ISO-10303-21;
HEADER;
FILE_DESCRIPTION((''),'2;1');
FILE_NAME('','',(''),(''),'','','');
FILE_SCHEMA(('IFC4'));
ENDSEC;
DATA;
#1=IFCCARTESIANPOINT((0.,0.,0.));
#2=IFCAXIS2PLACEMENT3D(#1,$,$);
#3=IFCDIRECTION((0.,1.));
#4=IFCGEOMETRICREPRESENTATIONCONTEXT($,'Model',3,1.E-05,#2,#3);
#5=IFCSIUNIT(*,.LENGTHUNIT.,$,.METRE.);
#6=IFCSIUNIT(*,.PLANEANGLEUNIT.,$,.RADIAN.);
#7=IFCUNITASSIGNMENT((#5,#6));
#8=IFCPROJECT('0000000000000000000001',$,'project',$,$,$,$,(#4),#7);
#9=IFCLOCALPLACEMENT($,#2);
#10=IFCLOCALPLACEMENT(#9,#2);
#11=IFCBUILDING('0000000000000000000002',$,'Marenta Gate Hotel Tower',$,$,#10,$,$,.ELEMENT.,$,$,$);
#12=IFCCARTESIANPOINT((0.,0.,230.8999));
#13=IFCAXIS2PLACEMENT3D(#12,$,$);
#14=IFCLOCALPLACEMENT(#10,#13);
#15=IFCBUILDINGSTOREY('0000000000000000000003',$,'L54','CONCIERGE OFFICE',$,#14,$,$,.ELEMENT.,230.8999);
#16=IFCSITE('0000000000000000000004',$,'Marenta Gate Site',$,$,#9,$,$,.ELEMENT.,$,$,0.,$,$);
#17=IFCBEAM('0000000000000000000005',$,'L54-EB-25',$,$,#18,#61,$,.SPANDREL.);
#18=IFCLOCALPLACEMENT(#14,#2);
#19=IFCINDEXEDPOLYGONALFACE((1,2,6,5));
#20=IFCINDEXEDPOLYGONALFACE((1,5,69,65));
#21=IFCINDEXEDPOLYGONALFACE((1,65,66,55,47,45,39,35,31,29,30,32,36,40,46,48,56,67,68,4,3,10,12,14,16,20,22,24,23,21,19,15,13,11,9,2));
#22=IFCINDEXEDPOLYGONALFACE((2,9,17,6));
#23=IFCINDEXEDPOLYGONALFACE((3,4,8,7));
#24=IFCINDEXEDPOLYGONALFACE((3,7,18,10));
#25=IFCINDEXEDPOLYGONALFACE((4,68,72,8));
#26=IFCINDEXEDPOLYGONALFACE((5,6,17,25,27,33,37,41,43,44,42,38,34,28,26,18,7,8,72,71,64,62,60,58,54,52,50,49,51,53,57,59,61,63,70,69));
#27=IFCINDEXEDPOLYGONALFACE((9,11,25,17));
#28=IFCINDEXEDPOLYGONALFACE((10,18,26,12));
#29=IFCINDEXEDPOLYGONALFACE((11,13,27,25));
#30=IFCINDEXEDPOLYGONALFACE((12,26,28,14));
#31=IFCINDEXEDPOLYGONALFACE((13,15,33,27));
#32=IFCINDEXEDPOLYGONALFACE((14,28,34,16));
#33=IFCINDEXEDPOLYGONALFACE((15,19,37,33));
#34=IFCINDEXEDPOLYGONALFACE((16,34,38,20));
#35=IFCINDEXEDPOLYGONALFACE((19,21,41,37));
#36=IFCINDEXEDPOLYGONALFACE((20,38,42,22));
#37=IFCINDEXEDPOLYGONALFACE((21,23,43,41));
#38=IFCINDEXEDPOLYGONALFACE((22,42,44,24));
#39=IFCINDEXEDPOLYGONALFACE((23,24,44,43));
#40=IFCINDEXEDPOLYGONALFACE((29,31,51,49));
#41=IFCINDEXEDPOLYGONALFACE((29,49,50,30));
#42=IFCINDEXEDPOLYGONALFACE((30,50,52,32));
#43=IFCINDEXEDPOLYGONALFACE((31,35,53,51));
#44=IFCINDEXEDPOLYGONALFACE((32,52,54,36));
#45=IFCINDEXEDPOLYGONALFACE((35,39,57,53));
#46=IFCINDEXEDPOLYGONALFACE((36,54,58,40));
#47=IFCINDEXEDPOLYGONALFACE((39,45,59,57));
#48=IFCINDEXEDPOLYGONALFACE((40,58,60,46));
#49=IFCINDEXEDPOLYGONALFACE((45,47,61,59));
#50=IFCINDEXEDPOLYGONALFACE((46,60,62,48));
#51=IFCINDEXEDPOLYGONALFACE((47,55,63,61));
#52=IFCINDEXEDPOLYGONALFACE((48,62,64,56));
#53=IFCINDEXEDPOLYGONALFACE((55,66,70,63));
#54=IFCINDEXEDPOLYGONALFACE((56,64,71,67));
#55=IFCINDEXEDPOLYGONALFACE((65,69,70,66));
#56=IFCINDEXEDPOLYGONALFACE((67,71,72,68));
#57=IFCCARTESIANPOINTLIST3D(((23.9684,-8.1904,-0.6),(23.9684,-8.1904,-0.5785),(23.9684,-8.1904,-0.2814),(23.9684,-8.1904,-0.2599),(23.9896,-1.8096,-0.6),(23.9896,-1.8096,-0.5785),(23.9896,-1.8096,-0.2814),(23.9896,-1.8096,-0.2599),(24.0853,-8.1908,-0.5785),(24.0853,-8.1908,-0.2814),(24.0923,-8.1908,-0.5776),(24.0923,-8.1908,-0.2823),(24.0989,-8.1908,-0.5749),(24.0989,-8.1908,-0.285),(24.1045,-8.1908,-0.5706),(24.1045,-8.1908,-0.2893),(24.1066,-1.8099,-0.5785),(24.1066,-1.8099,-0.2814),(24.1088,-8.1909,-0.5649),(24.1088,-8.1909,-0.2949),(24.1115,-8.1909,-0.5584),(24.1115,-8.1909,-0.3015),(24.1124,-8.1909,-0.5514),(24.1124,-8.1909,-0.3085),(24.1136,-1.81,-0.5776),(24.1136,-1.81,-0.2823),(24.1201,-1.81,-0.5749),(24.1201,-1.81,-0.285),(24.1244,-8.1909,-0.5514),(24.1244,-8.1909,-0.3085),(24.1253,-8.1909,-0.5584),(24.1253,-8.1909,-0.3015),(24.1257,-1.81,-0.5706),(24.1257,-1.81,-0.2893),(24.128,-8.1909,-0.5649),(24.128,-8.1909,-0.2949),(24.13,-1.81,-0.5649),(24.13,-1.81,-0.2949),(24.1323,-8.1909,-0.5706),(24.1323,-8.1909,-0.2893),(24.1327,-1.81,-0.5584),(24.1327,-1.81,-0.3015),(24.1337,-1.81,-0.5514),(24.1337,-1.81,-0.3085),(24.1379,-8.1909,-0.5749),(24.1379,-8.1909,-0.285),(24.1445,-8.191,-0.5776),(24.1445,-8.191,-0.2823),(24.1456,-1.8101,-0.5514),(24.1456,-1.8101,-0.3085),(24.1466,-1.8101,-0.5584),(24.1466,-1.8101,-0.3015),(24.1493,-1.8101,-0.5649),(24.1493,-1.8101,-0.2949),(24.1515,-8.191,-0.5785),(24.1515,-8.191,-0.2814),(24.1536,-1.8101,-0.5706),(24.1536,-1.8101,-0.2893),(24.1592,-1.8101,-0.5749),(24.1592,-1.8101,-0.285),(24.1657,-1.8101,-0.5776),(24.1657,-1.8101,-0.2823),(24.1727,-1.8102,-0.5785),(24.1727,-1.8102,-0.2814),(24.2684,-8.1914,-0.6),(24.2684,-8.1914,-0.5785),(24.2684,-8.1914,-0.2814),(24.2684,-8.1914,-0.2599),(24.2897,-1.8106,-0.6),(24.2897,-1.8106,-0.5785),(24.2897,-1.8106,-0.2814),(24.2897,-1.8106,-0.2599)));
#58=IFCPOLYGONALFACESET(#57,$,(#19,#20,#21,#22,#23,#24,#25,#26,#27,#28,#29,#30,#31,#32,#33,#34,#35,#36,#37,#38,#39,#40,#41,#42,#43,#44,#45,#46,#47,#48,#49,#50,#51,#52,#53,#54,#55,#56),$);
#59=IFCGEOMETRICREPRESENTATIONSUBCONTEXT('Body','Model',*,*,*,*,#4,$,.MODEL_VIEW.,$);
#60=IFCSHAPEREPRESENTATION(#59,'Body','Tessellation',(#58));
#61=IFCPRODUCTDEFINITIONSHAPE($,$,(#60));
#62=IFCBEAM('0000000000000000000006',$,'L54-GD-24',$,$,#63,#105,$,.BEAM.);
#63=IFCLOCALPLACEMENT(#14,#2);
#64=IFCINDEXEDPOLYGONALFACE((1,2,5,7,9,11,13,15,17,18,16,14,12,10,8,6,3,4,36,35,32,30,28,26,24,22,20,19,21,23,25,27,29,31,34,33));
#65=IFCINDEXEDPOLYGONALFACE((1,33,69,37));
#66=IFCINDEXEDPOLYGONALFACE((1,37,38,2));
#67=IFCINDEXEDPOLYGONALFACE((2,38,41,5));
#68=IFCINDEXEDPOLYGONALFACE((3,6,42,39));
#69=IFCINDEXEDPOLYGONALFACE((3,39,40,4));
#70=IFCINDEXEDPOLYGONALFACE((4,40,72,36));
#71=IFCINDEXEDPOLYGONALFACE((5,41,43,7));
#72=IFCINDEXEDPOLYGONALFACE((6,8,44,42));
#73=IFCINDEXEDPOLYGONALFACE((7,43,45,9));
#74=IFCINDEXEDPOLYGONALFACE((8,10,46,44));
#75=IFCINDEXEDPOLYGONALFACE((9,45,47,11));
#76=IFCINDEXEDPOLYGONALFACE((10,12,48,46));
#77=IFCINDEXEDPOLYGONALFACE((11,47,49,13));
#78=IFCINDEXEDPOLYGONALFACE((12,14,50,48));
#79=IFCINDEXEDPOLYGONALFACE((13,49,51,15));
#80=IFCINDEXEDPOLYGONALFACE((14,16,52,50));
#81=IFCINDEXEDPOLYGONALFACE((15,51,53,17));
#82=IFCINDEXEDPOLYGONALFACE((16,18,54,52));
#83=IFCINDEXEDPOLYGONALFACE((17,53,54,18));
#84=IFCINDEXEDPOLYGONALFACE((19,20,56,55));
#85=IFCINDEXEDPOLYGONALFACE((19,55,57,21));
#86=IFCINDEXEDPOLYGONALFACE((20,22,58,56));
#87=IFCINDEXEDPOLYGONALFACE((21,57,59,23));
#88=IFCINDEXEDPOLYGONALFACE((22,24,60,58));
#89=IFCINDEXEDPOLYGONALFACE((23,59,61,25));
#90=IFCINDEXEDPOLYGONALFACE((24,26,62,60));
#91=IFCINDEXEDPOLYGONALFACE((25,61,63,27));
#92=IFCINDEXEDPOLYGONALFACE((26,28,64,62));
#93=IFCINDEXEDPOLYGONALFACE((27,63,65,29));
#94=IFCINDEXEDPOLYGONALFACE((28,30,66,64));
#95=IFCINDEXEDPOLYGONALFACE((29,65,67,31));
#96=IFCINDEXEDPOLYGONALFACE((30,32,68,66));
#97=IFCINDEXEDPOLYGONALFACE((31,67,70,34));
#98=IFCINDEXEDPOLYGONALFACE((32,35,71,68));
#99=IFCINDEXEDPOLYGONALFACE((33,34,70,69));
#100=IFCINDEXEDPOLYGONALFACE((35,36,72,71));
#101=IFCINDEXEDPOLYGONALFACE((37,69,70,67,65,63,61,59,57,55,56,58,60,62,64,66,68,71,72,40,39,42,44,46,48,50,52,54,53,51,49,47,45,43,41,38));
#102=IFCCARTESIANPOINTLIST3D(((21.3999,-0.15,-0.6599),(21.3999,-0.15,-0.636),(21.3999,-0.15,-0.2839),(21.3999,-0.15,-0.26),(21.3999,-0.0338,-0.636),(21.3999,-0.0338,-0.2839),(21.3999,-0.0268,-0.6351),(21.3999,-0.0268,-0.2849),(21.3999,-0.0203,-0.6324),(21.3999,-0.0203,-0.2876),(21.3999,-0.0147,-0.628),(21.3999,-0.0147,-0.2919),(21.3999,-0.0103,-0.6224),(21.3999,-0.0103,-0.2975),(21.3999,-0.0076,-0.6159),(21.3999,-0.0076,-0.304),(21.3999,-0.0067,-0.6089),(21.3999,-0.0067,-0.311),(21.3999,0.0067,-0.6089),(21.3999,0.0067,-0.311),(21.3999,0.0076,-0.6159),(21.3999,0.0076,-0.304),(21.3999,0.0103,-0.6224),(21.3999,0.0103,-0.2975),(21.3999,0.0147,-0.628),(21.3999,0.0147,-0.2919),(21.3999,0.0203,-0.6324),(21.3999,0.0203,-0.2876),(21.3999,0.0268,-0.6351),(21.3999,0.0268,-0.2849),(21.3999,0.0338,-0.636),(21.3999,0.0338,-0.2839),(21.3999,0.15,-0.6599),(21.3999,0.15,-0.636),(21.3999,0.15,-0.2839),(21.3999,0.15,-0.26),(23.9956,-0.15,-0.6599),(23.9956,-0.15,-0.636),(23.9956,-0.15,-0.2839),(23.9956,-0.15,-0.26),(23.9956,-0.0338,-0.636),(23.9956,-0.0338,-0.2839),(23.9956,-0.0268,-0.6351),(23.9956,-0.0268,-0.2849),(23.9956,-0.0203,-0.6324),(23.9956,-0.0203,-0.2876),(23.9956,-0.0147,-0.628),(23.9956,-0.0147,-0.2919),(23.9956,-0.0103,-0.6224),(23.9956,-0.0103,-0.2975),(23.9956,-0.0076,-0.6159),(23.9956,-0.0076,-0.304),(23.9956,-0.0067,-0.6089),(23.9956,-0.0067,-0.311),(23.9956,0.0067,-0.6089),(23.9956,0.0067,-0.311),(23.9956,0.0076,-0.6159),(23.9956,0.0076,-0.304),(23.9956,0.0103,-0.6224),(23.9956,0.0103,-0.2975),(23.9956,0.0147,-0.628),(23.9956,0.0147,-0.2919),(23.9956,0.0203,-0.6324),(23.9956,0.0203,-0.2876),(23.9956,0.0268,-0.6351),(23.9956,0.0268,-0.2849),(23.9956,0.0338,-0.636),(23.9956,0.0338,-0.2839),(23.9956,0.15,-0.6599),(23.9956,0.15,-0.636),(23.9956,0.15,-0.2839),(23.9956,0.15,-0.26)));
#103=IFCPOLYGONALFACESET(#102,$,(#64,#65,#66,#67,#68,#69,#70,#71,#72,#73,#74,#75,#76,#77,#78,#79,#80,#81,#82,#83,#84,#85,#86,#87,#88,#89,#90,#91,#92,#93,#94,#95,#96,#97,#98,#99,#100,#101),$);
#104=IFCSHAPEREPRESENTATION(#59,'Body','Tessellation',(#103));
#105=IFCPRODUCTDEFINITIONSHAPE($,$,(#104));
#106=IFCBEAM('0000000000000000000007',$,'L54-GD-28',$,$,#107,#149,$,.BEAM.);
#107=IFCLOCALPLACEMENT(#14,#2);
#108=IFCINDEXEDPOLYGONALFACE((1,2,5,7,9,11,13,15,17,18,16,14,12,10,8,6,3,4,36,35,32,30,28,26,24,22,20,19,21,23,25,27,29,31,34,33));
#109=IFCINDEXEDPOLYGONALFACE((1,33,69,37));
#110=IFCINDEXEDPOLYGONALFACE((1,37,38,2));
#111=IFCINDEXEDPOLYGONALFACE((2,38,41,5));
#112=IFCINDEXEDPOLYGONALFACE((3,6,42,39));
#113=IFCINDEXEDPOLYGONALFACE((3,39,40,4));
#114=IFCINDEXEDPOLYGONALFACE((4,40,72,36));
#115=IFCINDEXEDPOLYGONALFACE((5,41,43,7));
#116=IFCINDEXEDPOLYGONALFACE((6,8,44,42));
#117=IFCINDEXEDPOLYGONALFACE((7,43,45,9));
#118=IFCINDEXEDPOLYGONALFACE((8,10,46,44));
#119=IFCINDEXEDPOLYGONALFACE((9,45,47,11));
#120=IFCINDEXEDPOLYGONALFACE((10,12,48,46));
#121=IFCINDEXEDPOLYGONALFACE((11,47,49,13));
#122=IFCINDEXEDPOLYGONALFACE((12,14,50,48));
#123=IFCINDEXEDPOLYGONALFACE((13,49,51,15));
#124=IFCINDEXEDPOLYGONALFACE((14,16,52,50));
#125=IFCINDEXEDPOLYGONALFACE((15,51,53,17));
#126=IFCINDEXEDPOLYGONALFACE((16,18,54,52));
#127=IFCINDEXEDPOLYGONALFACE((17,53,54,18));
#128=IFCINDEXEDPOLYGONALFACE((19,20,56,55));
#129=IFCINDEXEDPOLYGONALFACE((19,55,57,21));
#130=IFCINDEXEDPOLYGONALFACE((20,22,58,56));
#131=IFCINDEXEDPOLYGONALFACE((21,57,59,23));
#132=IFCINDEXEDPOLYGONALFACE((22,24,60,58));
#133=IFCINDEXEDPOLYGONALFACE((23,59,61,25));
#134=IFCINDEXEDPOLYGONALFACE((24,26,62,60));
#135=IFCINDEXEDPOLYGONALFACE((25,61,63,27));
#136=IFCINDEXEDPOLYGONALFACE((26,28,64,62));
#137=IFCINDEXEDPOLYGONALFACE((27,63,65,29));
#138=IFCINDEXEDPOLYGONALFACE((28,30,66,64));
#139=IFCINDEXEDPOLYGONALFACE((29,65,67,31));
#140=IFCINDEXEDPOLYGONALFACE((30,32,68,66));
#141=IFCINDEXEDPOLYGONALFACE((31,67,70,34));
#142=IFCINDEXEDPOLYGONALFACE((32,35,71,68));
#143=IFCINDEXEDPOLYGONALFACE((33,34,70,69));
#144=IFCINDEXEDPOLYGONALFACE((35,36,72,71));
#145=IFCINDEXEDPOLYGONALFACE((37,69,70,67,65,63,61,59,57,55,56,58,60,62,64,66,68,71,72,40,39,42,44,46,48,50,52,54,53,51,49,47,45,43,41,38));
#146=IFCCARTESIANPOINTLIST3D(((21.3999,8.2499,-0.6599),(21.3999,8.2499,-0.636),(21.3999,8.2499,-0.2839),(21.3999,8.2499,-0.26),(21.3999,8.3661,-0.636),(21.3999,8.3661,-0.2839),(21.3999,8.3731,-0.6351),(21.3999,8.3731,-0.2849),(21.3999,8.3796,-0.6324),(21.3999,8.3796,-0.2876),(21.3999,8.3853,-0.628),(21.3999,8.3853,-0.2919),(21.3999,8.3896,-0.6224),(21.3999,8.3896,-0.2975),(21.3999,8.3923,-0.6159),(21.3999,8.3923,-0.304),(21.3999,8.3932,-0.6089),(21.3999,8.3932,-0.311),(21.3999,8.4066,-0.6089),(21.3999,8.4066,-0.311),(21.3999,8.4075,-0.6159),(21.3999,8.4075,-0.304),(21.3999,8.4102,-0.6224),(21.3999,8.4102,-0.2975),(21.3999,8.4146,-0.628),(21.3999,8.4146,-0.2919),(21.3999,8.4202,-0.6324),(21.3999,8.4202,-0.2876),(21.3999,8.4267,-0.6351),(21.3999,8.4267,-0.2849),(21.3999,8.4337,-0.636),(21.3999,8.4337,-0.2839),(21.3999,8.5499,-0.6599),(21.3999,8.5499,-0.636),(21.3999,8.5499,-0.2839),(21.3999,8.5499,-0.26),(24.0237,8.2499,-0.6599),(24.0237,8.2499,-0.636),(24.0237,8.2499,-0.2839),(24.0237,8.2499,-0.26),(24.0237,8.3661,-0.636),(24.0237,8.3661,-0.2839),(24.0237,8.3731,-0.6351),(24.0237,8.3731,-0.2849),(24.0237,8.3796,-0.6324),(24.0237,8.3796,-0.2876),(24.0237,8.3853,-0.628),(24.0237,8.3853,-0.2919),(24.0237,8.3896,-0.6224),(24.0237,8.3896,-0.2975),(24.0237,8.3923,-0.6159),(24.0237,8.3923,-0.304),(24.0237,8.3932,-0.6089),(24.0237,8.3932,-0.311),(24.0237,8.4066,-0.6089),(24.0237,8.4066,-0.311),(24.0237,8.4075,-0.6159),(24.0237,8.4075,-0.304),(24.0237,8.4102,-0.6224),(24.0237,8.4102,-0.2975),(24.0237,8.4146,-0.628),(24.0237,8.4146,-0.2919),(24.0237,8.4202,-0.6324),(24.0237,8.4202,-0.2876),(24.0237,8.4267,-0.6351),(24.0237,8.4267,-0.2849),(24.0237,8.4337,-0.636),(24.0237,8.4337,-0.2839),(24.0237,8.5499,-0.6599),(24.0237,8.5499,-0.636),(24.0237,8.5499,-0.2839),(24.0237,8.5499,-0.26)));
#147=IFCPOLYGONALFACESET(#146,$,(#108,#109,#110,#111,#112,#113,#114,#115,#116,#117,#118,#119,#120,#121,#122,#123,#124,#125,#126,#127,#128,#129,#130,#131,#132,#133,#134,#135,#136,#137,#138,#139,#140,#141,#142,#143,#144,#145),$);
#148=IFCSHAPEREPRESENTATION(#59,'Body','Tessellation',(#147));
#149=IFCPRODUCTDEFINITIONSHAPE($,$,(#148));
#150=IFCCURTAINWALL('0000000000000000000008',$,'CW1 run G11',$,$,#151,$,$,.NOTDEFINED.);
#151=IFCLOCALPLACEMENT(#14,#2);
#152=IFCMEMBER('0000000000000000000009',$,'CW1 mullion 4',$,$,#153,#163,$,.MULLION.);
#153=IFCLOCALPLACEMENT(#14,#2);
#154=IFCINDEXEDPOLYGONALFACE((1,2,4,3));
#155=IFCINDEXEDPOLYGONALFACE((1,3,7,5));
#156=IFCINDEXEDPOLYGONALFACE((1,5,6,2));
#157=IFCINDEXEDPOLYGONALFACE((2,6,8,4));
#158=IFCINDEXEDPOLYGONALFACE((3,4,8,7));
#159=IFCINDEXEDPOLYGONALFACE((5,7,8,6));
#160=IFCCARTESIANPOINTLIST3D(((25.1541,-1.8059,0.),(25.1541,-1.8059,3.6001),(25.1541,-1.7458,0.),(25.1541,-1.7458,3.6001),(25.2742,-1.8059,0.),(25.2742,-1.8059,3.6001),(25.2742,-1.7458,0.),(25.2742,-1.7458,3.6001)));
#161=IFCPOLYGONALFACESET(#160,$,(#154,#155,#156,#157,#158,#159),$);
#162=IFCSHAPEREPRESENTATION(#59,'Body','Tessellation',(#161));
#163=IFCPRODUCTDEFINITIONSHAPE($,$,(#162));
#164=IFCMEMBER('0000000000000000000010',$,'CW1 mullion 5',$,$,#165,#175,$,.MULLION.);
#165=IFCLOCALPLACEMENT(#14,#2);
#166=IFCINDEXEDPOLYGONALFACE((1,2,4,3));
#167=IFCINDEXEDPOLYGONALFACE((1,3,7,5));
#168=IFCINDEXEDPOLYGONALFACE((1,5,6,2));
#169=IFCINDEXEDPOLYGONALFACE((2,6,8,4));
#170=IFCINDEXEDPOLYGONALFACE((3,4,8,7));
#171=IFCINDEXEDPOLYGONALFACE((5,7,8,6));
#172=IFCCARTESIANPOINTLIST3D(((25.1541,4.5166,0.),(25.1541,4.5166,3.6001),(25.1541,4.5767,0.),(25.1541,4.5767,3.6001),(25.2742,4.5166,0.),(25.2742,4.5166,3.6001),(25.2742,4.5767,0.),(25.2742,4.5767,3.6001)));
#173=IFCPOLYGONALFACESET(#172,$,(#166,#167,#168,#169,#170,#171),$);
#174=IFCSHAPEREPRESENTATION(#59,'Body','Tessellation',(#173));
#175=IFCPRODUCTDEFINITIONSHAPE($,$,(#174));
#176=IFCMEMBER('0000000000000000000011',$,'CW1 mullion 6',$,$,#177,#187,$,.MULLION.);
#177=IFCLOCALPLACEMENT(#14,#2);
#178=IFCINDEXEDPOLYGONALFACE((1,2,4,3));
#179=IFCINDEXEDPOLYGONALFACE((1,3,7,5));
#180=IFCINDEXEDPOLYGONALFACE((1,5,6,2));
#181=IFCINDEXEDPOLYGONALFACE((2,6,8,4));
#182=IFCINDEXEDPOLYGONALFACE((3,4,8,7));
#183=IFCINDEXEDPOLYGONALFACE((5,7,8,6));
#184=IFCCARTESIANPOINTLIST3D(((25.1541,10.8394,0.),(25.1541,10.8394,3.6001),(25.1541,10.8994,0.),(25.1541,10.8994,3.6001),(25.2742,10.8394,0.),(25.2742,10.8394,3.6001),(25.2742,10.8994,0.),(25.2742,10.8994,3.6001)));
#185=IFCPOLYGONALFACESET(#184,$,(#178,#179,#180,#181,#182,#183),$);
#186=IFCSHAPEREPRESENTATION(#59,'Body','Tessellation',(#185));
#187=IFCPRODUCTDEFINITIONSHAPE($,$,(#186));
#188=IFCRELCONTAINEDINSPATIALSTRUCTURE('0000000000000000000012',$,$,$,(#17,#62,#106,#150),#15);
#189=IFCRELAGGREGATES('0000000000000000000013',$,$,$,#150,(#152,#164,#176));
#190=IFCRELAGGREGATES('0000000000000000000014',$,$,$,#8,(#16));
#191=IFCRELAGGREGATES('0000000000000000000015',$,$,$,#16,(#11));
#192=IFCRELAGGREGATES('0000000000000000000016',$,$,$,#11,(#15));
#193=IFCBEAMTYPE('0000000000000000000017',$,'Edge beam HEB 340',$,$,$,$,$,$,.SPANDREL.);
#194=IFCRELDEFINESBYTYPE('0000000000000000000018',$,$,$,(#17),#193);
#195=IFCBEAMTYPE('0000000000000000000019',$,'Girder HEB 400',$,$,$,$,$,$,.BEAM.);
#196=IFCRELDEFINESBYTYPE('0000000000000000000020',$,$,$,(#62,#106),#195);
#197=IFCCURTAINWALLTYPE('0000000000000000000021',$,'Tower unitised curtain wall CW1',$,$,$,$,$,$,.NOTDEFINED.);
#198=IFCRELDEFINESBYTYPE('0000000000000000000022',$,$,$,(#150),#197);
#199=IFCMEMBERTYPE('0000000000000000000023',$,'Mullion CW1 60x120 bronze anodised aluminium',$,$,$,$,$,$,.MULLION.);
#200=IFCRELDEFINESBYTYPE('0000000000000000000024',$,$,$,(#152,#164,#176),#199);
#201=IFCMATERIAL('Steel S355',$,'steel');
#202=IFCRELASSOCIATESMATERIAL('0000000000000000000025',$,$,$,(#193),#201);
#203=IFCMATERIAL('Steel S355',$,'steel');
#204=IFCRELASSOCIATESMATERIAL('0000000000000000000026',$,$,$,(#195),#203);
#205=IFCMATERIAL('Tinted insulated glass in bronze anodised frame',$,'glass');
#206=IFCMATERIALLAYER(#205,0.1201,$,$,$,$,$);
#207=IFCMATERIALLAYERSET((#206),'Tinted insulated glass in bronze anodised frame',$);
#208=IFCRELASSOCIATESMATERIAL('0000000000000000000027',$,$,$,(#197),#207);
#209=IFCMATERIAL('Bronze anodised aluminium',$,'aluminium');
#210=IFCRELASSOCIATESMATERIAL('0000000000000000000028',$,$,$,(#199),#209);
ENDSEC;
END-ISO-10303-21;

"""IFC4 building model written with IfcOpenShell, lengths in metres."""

from ifc_helpers import new_model, si_unit, direction, frame, origin, origin_2d, place, context, subcontext, project, spatial, rectangle, i_section, extrude, material, layer, layer_set, material_profile, profile_set, type_object, element, aggregate, save


model = new_model("IFC4")

# Units and contexts
model_context = context("Model", 3, precision=1e-05, world=origin(), true_north=direction((0.0, 1.0)))
body_context = subcontext(model_context, "Body", "Model", "MODEL_VIEW")
ifc_project = project(units=[si_unit("LENGTHUNIT", "METRE"), si_unit("PLANEANGLEUNIT", "RADIAN")], contexts=[model_context])

# Site, building, storey
site_placement = place(None, origin())
site = spatial("IfcSite", under=ifc_project, at=site_placement, Name="Marenta Gate Site", CompositionType="ELEMENT", RefElevation=0.0)
building_placement = place(site_placement, origin())
building = spatial("IfcBuilding", under=site, at=building_placement, Name="Marenta Gate Hotel Tower", CompositionType="ELEMENT")
storey_placement = place(building_placement, frame((0.0, 0.0, 230.8999)))
storey = spatial("IfcBuildingStorey", under=building, at=storey_placement, Name="L54", Description="CONCIERGE OFFICE", CompositionType="ELEMENT", Elevation=230.8999)

# Beams
ifc_material_1 = material(Name="Steel S355", Category="steel")
ifc_material_profile_1 = material_profile(ifc_material_1, i_section(OverallWidth=0.3, OverallDepth=0.3401, WebThickness=0.012, FlangeThickness=0.0215, FilletRadius=0.0271, at=origin_2d()), Name="HEB 340")
ifc_profile_set_1 = profile_set([ifc_material_profile_1], Name="Steel S355")
beam_type_1 = type_object("IfcBeamType", Name="Edge beam HEB 340", PredefinedType="SPANDREL", material=ifc_profile_set_1)
beam_1_placement = place(storey_placement, frame((24.1396, -1.8101, -0.4299), z_axis=(-0.003329, -0.999994, 0.0), x_axis=(0.999994, -0.003329, 0.0)))
element("IfcBeam", 1, at=beam_1_placement, inside=storey, type_object=beam_type_1, Name="L54-EB-25", PredefinedType="SPANDREL", context=body_context, shape_type="SweptSolid", body=[
    extrude(i_section(OverallWidth=0.3, OverallDepth=0.3401, WebThickness=0.012, FlangeThickness=0.0215, FilletRadius=0.0271, at=origin_2d()), origin(), (0.0, 0.0, 1.0), 6.3809),
])
ifc_material_2 = material(Name="Steel S355", Category="steel")
ifc_material_profile_2 = material_profile(ifc_material_2, i_section(OverallWidth=0.3, OverallDepth=0.3999, WebThickness=0.0134, FlangeThickness=0.0239, FilletRadius=0.0271, at=origin_2d()), Name="HEB 400")
ifc_profile_set_2 = profile_set([ifc_material_profile_2], Name="Steel S355")
beam_type_2 = type_object("IfcBeamType", Name="Girder HEB 400", PredefinedType="BEAM", material=ifc_profile_set_2)
beam_2_placement = place(storey_placement, frame((21.3999, 0.0, -0.46), z_axis=(1.0, 0.0, 0.0), x_axis=(0.0, 1.0, 0.0)))
element("IfcBeam", 2, at=beam_2_placement, inside=storey, type_object=beam_type_2, Name="L54-GD-24", PredefinedType="BEAM", context=body_context, shape_type="SweptSolid", body=[
    extrude(i_section(OverallWidth=0.3, OverallDepth=0.3999, WebThickness=0.0134, FlangeThickness=0.0239, FilletRadius=0.0271, at=origin_2d()), origin(), (0.0, 0.0, 1.0), 2.5957),
])
beam_3_placement = place(storey_placement, frame((21.3999, 8.3999, -0.46), z_axis=(1.0, 0.0, 0.0), x_axis=(0.0, 1.0, 0.0)))
element("IfcBeam", 3, at=beam_3_placement, inside=storey, type_object=beam_type_2, Name="L54-GD-28", PredefinedType="BEAM", context=body_context, shape_type="SweptSolid", body=[
    extrude(i_section(OverallWidth=0.3, OverallDepth=0.3999, WebThickness=0.0134, FlangeThickness=0.0239, FilletRadius=0.0271, at=origin_2d()), origin(), (0.0, 0.0, 1.0), 2.6238),
])

# Curtain wall, members
ifc_material_3 = material(Name="Tinted insulated glass in bronze anodised frame", Category="glass")
ifc_layer_1 = layer(ifc_material_3, 0.1201)
ifc_layer_set_1 = layer_set([ifc_layer_1], Name="Tinted insulated glass in bronze anodised frame")
curtain_wall_type = type_object("IfcCurtainWallType", Name="Tower unitised curtain wall CW1", PredefinedType="NOTDEFINED", material=ifc_layer_set_1)
curtain_wall_placement = place(storey_placement, origin())
curtain_wall = element("IfcCurtainWall", 4, at=curtain_wall_placement, inside=storey, type_object=curtain_wall_type, Name="CW1 run G11", PredefinedType="NOTDEFINED")
ifc_material_4 = material(Name="Bronze anodised aluminium", Category="aluminium")
ifc_material_profile_3 = material_profile(ifc_material_4, rectangle(XDim=0.1201, YDim=0.0601, at=origin_2d()), Name="Mullion CW1 60x120 bronze anodised aluminium")
ifc_profile_set_3 = profile_set([ifc_material_profile_3], Name="Bronze anodised aluminium")
member_type_1 = type_object("IfcMemberType", Name="Mullion CW1 60x120 bronze anodised aluminium", PredefinedType="MULLION", material=ifc_profile_set_3)
member_1_placement = place(storey_placement, frame((25.2141, -1.7759, 0.0), z_axis=(0.0, 0.0, 1.0), x_axis=(-1.0, 0.0, 0.0)))
member_1 = element("IfcMember", 5, at=member_1_placement, type_object=member_type_1, Name="CW1 mullion 4", PredefinedType="MULLION", context=body_context, shape_type="SweptSolid", body=[
    extrude(rectangle(XDim=0.1201, YDim=0.0601, at=origin_2d()), origin(), (0.0, 0.0, 1.0), 3.6001),
])
member_2_placement = place(storey_placement, frame((25.2141, 4.5466, 0.0), z_axis=(0.0, 0.0, 1.0), x_axis=(-1.0, 0.0, 0.0)))
member_2 = element("IfcMember", 6, at=member_2_placement, type_object=member_type_1, Name="CW1 mullion 5", PredefinedType="MULLION", context=body_context, shape_type="SweptSolid", body=[
    extrude(rectangle(XDim=0.1201, YDim=0.0601, at=origin_2d()), origin(), (0.0, 0.0, 1.0), 3.6001),
])
member_3_placement = place(storey_placement, frame((25.2141, 10.8694, 0.0), z_axis=(0.0, 0.0, 1.0), x_axis=(-1.0, 0.0, 0.0)))
member_3 = element("IfcMember", 7, at=member_3_placement, type_object=member_type_1, Name="CW1 mullion 6", PredefinedType="MULLION", context=body_context, shape_type="SweptSolid", body=[
    extrude(rectangle(XDim=0.1201, YDim=0.0601, at=origin_2d()), origin(), (0.0, 0.0, 1.0), 3.6001),
])
aggregate(curtain_wall, [member_1, member_2, member_3])

save(model, "model.ifc")
